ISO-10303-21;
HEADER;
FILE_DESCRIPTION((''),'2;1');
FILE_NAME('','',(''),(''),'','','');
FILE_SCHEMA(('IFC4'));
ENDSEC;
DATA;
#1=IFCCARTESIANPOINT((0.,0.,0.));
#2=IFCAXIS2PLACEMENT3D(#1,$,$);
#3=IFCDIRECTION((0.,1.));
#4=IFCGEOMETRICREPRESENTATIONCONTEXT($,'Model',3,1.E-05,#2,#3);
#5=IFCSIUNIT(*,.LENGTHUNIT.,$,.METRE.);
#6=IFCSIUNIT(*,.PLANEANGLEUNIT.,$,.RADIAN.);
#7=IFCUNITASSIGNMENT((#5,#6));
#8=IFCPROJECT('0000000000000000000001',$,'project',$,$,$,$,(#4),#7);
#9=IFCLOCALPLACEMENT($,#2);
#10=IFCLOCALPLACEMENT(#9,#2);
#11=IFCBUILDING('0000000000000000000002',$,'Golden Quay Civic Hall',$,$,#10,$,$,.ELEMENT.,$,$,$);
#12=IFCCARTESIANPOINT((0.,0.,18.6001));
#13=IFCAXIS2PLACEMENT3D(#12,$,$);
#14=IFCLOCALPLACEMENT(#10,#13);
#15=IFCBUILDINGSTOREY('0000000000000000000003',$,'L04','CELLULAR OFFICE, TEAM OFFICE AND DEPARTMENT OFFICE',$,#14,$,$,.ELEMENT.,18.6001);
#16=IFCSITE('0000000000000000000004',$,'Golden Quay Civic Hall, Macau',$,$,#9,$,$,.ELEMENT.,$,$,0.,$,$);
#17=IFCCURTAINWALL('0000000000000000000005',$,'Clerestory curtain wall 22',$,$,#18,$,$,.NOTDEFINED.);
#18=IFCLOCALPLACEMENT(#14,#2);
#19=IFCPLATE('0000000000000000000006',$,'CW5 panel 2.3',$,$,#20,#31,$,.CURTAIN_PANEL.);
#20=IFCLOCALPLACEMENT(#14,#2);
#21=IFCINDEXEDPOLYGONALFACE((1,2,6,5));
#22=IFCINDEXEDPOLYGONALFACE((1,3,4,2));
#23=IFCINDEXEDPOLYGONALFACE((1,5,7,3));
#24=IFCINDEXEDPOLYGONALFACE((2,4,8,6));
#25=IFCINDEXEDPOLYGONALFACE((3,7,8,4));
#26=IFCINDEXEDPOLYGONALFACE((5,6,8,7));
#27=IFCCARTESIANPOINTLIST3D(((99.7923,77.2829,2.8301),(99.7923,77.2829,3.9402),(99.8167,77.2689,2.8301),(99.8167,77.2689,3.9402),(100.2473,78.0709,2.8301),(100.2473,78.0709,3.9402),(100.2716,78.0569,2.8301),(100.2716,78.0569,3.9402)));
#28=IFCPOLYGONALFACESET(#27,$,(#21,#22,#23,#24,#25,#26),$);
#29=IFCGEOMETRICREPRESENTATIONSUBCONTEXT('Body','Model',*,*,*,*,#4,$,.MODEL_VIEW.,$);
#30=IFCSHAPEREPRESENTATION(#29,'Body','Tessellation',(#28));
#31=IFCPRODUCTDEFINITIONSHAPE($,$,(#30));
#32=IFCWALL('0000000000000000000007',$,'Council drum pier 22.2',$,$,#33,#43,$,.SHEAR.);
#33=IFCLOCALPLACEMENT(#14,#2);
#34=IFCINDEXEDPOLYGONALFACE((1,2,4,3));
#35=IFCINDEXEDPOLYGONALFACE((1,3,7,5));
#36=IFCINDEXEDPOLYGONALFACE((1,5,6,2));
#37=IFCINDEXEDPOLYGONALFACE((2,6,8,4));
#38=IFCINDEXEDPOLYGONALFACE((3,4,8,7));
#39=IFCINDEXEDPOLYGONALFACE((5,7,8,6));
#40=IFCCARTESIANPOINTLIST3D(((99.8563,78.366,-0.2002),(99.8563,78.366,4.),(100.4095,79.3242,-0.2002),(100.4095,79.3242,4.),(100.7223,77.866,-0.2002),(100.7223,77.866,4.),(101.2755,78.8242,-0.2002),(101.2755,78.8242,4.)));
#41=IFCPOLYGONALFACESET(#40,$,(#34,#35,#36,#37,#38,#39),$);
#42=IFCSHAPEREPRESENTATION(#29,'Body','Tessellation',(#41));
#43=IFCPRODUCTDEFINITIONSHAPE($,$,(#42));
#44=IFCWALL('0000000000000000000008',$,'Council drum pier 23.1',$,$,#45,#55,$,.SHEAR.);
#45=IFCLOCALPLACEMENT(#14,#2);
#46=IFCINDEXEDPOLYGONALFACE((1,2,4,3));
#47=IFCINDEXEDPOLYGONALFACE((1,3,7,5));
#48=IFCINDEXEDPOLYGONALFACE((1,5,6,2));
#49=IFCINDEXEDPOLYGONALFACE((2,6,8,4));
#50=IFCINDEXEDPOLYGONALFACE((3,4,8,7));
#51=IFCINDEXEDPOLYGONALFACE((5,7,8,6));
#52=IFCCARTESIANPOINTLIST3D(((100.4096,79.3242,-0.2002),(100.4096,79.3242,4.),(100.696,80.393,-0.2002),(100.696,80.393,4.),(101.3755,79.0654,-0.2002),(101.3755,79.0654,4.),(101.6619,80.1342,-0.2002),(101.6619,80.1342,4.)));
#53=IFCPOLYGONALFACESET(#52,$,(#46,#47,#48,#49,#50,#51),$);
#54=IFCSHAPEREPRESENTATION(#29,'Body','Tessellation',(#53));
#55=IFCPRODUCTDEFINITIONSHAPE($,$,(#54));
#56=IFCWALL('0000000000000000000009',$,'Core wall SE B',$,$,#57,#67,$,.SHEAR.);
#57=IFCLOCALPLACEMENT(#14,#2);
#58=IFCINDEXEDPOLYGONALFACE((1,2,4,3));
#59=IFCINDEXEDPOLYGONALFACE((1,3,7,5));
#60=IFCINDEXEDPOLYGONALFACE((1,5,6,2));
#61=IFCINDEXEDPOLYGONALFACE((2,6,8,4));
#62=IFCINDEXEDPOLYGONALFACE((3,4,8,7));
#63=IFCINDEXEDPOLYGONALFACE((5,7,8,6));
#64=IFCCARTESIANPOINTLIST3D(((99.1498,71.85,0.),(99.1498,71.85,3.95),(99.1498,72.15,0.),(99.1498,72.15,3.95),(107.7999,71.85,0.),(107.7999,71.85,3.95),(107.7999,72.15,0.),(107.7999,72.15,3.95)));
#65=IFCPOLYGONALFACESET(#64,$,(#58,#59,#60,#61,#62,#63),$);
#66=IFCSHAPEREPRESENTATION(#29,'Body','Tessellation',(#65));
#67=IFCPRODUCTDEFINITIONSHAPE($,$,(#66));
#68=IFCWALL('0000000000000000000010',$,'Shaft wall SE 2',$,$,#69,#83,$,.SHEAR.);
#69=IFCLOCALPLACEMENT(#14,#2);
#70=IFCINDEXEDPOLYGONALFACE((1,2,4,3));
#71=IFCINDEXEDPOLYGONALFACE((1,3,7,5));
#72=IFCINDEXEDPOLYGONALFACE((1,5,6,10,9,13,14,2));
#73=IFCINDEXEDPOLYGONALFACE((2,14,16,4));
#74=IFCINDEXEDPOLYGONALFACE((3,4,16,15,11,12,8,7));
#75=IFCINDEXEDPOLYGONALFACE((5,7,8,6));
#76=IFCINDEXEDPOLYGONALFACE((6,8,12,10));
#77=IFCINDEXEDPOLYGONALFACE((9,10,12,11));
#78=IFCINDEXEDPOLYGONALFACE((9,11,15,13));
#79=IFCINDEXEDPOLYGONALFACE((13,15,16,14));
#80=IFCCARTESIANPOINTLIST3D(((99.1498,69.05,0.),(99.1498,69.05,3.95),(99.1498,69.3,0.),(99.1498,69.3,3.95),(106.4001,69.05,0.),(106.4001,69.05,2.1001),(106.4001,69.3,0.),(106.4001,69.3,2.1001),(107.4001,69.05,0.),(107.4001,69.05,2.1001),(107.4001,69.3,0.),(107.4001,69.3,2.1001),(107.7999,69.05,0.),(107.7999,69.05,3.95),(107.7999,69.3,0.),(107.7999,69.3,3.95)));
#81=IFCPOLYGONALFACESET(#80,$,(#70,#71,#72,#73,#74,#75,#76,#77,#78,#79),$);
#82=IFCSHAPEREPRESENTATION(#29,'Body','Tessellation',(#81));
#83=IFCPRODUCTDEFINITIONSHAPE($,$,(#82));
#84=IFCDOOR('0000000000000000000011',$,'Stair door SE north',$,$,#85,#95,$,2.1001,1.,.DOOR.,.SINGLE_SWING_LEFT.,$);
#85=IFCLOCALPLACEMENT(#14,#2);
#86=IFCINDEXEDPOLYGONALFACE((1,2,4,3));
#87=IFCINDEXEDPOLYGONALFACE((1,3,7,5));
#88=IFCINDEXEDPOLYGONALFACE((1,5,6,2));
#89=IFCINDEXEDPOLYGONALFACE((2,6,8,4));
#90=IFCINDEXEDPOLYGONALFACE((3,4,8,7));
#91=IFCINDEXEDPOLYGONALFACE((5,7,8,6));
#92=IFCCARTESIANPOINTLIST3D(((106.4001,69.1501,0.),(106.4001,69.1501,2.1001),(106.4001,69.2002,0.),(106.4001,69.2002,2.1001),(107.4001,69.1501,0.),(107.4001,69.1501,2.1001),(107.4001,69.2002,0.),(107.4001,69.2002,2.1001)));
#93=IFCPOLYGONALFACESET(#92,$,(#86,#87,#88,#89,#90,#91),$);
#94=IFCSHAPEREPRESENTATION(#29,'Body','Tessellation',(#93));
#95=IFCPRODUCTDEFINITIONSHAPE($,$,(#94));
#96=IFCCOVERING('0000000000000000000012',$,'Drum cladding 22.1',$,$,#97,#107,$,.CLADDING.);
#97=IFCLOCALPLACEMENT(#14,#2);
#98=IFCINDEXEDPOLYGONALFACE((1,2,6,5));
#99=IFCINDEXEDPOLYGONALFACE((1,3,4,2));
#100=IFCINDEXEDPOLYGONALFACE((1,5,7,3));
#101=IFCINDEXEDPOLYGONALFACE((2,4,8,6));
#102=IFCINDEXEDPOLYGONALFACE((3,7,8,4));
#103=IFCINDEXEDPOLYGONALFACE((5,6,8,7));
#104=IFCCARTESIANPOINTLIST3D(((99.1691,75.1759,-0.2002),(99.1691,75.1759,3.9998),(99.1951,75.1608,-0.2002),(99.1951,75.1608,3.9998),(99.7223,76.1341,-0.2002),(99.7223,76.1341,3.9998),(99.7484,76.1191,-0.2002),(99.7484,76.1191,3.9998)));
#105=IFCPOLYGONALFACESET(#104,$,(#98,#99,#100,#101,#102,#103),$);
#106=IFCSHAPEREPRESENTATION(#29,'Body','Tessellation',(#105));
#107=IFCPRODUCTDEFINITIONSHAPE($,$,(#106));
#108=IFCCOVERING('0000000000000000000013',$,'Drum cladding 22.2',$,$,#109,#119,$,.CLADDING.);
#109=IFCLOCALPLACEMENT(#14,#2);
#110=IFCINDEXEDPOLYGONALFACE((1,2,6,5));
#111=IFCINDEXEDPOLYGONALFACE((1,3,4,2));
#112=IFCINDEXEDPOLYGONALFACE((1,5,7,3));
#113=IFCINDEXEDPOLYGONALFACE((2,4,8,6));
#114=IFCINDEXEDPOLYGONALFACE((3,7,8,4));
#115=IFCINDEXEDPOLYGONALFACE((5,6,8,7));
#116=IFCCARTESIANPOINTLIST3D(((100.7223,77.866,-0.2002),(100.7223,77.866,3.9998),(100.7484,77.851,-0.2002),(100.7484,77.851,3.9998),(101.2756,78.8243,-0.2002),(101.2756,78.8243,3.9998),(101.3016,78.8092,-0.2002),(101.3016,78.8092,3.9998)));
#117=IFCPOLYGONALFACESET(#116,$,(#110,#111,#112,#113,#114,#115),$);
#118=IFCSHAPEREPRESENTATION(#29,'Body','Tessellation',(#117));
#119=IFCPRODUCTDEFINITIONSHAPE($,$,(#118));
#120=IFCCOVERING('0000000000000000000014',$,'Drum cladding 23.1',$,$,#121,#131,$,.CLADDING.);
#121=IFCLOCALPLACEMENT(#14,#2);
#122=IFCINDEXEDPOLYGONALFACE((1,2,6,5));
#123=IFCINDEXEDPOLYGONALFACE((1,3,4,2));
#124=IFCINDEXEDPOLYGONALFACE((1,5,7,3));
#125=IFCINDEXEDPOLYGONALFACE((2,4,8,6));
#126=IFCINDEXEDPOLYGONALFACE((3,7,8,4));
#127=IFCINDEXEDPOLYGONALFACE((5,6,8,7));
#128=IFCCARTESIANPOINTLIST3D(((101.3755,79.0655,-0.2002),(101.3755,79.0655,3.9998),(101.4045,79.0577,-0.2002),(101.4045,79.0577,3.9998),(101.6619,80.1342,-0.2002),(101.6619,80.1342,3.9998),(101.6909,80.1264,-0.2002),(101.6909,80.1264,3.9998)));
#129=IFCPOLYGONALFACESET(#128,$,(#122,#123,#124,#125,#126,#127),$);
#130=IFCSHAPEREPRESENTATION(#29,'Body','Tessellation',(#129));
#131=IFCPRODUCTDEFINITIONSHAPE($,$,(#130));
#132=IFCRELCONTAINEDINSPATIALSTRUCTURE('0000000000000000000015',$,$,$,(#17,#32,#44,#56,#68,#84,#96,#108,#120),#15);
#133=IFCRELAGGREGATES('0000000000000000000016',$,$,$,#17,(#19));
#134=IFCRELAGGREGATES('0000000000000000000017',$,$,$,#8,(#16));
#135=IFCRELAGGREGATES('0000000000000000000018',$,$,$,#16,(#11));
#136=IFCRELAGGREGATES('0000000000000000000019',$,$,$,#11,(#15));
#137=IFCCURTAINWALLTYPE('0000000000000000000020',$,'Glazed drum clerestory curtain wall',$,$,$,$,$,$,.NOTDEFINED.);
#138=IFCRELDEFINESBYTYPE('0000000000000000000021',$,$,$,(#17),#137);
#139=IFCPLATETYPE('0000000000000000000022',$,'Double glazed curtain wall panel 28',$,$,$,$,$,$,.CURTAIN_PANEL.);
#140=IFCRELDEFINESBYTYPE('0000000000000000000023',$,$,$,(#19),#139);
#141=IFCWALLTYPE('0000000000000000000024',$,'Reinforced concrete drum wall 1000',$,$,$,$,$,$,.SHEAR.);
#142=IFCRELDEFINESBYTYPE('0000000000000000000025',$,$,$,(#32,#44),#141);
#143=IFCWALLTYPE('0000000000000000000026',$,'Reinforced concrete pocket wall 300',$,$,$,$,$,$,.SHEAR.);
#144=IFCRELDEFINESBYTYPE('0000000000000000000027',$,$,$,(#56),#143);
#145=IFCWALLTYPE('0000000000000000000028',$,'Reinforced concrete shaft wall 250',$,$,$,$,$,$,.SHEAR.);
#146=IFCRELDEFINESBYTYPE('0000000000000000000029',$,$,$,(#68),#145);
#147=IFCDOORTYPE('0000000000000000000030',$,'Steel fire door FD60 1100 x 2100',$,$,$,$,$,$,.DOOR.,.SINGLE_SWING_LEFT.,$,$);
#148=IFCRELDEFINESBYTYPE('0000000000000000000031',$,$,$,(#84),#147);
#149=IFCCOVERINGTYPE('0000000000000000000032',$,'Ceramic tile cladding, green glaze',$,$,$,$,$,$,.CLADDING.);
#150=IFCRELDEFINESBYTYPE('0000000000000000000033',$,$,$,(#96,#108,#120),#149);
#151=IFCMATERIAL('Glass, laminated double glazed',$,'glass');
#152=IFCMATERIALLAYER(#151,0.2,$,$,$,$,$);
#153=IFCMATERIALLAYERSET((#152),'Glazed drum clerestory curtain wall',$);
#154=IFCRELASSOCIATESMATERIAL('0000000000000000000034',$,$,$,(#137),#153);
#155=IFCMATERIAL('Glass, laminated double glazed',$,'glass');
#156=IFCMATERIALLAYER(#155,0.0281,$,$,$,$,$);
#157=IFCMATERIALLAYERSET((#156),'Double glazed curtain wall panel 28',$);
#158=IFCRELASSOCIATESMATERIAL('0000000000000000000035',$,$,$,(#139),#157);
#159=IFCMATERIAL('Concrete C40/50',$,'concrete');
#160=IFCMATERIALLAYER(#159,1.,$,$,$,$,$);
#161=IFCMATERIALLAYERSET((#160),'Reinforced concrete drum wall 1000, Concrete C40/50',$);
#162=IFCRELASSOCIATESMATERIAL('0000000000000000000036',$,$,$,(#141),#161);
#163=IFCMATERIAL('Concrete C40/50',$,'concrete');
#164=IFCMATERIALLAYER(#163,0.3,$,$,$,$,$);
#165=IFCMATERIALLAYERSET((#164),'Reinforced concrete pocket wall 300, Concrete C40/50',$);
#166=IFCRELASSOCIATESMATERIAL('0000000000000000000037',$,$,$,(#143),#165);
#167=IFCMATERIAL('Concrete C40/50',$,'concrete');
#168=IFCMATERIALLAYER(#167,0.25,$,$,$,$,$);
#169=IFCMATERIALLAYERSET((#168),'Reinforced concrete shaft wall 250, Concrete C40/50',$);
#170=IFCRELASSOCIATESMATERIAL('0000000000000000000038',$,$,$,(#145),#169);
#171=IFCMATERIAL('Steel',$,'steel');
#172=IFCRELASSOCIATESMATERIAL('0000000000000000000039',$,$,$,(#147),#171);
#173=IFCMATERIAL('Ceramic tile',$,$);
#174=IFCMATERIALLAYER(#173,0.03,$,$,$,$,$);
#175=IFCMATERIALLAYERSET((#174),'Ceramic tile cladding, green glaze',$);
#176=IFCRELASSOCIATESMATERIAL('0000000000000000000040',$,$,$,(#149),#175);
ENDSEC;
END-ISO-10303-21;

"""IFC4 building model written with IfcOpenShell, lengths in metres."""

from ifc_helpers import new_model, si_unit, direction, frame, frame_2d, origin, origin_2d, place, context, subcontext, project, spatial, rectangle, extrude, material, layer, layer_set, type_object, element, fill, aggregate, save


model = new_model("IFC4")

# Units and contexts
model_context = context("Model", 3, precision=1e-05, world=origin(), true_north=direction((0.0, 1.0)))
body_context = subcontext(model_context, "Body", "Model", "MODEL_VIEW")
ifc_project = project(units=[si_unit("LENGTHUNIT", "METRE"), si_unit("PLANEANGLEUNIT", "RADIAN")], contexts=[model_context])

# Site, building, storey
site_placement = place(None, origin())
site = spatial("IfcSite", under=ifc_project, at=site_placement, Name="Golden Quay Civic Hall, Macau", CompositionType="ELEMENT", RefElevation=0.0)
building_placement = place(site_placement, origin())
building = spatial("IfcBuilding", under=site, at=building_placement, Name="Golden Quay Civic Hall", CompositionType="ELEMENT")
storey_placement = place(building_placement, frame((0.0, 0.0, 18.6001)))
storey = spatial("IfcBuildingStorey", under=building, at=storey_placement, Name="L04", Description="CELLULAR OFFICE, TEAM OFFICE AND DEPARTMENT OFFICE", CompositionType="ELEMENT", Elevation=18.6001)

# Curtain wall
ifc_material_1 = material(Name="Glass, laminated double glazed", Category="glass")
ifc_layer_1 = layer(ifc_material_1, 0.2)
ifc_layer_set_1 = layer_set([ifc_layer_1], Name="Glazed drum clerestory curtain wall")
curtain_wall_type = type_object("IfcCurtainWallType", Name="Glazed drum clerestory curtain wall", PredefinedType="NOTDEFINED", material=ifc_layer_set_1)
curtain_wall_1_placement = place(storey_placement, origin())
curtain_wall_1 = element("IfcCurtainWall", 1, at=curtain_wall_1_placement, inside=storey, type_object=curtain_wall_type, Name="Clerestory curtain wall 22", PredefinedType="NOTDEFINED")

# Plate
ifc_material_2 = material(Name="Glass, laminated double glazed", Category="glass")
ifc_layer_2 = layer(ifc_material_2, 0.0281)
ifc_layer_set_2 = layer_set([ifc_layer_2], Name="Double glazed curtain wall panel 28")
plate_type = type_object("IfcPlateType", Name="Double glazed curtain wall panel 28", PredefinedType="CURTAIN_PANEL", material=ifc_layer_set_2)
plate_1_placement = place(storey_placement, frame((100.032, 77.6699, 2.8301), z_axis=(0.0, 0.0, 1.0), x_axis=(0.500011, 0.866019, 0.0)))
plate_1 = element("IfcPlate", 2, at=plate_1_placement, type_object=plate_type, Name="CW5 panel 2.3", PredefinedType="CURTAIN_PANEL", context=body_context, shape_type="SweptSolid", body=[
    extrude(rectangle(XDim=0.9099, YDim=0.0281, at=origin_2d()), origin(), (0.0, 0.0, 1.0), 1.1101),
])
aggregate(curtain_wall_1, [plate_1])

# Walls
ifc_material_3 = material(Name="Concrete C40/50", Category="concrete")
ifc_layer_3 = layer(ifc_material_3, 1.0)
ifc_layer_set_3 = layer_set([ifc_layer_3], Name="Reinforced concrete drum wall 1000, Concrete C40/50")
wall_type_1 = type_object("IfcWallType", Name="Reinforced concrete drum wall 1000", PredefinedType="SHEAR", material=ifc_layer_set_3)
for number, where, z_axis, x_axis, name in (
    (3, (100.2893, 78.116, -0.2002), (0.0, 0.0, 1.0), (0.499983, 0.866035, 0.0), "Council drum pier 22.2"),
    (4, (100.8926, 79.1948, -0.2002), (0.0, 0.0, 1.0), (0.258802, 0.96593, 0.0), "Council drum pier 23.1"),
):
    element("IfcWall", number, at=place(storey_placement, frame(where, z_axis=z_axis, x_axis=x_axis)), inside=storey, type_object=wall_type_1, Name=name, PredefinedType="SHEAR", context=body_context, shape_type="SweptSolid", body=[
        extrude(rectangle(XDim=1.1064, YDim=1.0, at=frame_2d((0.5532, 0.0))), origin(), (0.0, 0.0, 1.0), 4.2002),
    ])
ifc_material_4 = material(Name="Concrete C40/50", Category="concrete")
ifc_layer_4 = layer(ifc_material_4, 0.3)
ifc_layer_set_4 = layer_set([ifc_layer_4], Name="Reinforced concrete pocket wall 300, Concrete C40/50")
wall_type_2 = type_object("IfcWallType", Name="Reinforced concrete pocket wall 300", PredefinedType="SHEAR", material=ifc_layer_set_4)
wall_1_placement = place(storey_placement, frame((107.8, 72.0, 0.0), z_axis=(0.0, 0.0, 1.0), x_axis=(-1.0, 0.0, 0.0)))
element("IfcWall", 5, at=wall_1_placement, inside=storey, type_object=wall_type_2, Name="Core wall SE B", PredefinedType="SHEAR", context=body_context, shape_type="SweptSolid", body=[
    extrude(rectangle(XDim=8.6501, YDim=0.3, at=frame_2d((4.3252, 0.0))), origin(), (0.0, 0.0, 1.0), 3.95),
])

# Wall, opening, door
ifc_material_5 = material(Name="Concrete C40/50", Category="concrete")
ifc_layer_5 = layer(ifc_material_5, 0.25)
ifc_layer_set_5 = layer_set([ifc_layer_5], Name="Reinforced concrete shaft wall 250, Concrete C40/50")
wall_type_3 = type_object("IfcWallType", Name="Reinforced concrete shaft wall 250", PredefinedType="SHEAR", material=ifc_layer_set_5)
wall_2_placement = place(storey_placement, frame((107.8, 69.175, 0.0), z_axis=(0.0, 0.0, 1.0), x_axis=(-1.0, 0.0, 0.0)))
wall_2 = element("IfcWall", 6, at=wall_2_placement, inside=storey, type_object=wall_type_3, Name="Shaft wall SE 2", PredefinedType="SHEAR", context=body_context, shape_type="SweptSolid", body=[
    extrude(rectangle(XDim=8.6501, YDim=0.25, at=frame_2d((4.3252, 0.0))), origin(), (0.0, 0.0, 1.0), 3.95),
])
opening_placement = place(wall_2_placement, frame((0.3999, 0.0, 0.0)))
opening = element("IfcOpeningElement", 7, at=opening_placement, cuts=wall_2, PredefinedType="OPENING", context=body_context, shape_type="SweptSolid", body=[
    extrude(rectangle(XDim=1.0, YDim=2.1001, at=frame_2d((0.5, 1.05))), frame((0.0, 0.135, 0.0), z_axis=(0.0, -1.0, 0.0), x_axis=(1.0, 0.0, 0.0)), (0.0, 0.0, 1.0), 0.27),
])
ifc_material_6 = material(Name="Steel", Category="steel")
door_type = type_object("IfcDoorType", Name="Steel fire door FD60 1100 x 2100", OperationType="SINGLE_SWING_LEFT", PredefinedType="DOOR", material=ifc_material_6)
door_placement = place(opening_placement, origin())
door = element("IfcDoor", 8, at=door_placement, inside=storey, type_object=door_type, Name="Stair door SE north", OperationType="SINGLE_SWING_LEFT", OverallHeight=2.1001, OverallWidth=1.0, PredefinedType="DOOR", context=body_context, shape_type="SweptSolid", body=[
    extrude(rectangle(XDim=1.0, YDim=2.1001, at=frame_2d((0.5, 1.05))), frame((0.0, 0.0249, 0.0), z_axis=(0.0, -1.0, 0.0), x_axis=(1.0, 0.0, 0.0)), (0.0, 0.0, 1.0), 0.05),
])
fill(opening, door)

# Coverings
ifc_material_7 = material(Name="Ceramic tile")
ifc_layer_6 = layer(ifc_material_7, 0.03)
ifc_layer_set_6 = layer_set([ifc_layer_6], Name="Ceramic tile cladding, green glaze")
covering_type = type_object("IfcCoveringType", Name="Ceramic tile cladding, green glaze", PredefinedType="CLADDING", material=ifc_layer_set_6)
for number, where, z_axis, x_axis, name in (
    (9, (99.4587, 75.6475, -0.2002), (0.0, 0.0, 1.0), (0.5, 0.866025, 0.0), "Drum cladding 22.1"),
    (10, (101.012, 78.3376, -0.2002), (0.0, 0.0, 1.0), (0.5, 0.866025, 0.0), "Drum cladding 22.2"),
    (11, (101.5332, 79.5959, -0.2002), (0.0, 0.0, 1.0), (0.258819, 0.965926, 0.0), "Drum cladding 23.1"),
):
    element("IfcCovering", number, at=place(storey_placement, frame(where, z_axis=z_axis, x_axis=x_axis)), inside=storey, type_object=covering_type, Name=name, PredefinedType="CLADDING", context=body_context, shape_type="SweptSolid", body=[
        extrude(rectangle(XDim=1.1064, YDim=0.03, at=origin_2d()), origin(), (0.0, 0.0, 1.0), 4.2),
    ])

save(model, "model.ifc")
